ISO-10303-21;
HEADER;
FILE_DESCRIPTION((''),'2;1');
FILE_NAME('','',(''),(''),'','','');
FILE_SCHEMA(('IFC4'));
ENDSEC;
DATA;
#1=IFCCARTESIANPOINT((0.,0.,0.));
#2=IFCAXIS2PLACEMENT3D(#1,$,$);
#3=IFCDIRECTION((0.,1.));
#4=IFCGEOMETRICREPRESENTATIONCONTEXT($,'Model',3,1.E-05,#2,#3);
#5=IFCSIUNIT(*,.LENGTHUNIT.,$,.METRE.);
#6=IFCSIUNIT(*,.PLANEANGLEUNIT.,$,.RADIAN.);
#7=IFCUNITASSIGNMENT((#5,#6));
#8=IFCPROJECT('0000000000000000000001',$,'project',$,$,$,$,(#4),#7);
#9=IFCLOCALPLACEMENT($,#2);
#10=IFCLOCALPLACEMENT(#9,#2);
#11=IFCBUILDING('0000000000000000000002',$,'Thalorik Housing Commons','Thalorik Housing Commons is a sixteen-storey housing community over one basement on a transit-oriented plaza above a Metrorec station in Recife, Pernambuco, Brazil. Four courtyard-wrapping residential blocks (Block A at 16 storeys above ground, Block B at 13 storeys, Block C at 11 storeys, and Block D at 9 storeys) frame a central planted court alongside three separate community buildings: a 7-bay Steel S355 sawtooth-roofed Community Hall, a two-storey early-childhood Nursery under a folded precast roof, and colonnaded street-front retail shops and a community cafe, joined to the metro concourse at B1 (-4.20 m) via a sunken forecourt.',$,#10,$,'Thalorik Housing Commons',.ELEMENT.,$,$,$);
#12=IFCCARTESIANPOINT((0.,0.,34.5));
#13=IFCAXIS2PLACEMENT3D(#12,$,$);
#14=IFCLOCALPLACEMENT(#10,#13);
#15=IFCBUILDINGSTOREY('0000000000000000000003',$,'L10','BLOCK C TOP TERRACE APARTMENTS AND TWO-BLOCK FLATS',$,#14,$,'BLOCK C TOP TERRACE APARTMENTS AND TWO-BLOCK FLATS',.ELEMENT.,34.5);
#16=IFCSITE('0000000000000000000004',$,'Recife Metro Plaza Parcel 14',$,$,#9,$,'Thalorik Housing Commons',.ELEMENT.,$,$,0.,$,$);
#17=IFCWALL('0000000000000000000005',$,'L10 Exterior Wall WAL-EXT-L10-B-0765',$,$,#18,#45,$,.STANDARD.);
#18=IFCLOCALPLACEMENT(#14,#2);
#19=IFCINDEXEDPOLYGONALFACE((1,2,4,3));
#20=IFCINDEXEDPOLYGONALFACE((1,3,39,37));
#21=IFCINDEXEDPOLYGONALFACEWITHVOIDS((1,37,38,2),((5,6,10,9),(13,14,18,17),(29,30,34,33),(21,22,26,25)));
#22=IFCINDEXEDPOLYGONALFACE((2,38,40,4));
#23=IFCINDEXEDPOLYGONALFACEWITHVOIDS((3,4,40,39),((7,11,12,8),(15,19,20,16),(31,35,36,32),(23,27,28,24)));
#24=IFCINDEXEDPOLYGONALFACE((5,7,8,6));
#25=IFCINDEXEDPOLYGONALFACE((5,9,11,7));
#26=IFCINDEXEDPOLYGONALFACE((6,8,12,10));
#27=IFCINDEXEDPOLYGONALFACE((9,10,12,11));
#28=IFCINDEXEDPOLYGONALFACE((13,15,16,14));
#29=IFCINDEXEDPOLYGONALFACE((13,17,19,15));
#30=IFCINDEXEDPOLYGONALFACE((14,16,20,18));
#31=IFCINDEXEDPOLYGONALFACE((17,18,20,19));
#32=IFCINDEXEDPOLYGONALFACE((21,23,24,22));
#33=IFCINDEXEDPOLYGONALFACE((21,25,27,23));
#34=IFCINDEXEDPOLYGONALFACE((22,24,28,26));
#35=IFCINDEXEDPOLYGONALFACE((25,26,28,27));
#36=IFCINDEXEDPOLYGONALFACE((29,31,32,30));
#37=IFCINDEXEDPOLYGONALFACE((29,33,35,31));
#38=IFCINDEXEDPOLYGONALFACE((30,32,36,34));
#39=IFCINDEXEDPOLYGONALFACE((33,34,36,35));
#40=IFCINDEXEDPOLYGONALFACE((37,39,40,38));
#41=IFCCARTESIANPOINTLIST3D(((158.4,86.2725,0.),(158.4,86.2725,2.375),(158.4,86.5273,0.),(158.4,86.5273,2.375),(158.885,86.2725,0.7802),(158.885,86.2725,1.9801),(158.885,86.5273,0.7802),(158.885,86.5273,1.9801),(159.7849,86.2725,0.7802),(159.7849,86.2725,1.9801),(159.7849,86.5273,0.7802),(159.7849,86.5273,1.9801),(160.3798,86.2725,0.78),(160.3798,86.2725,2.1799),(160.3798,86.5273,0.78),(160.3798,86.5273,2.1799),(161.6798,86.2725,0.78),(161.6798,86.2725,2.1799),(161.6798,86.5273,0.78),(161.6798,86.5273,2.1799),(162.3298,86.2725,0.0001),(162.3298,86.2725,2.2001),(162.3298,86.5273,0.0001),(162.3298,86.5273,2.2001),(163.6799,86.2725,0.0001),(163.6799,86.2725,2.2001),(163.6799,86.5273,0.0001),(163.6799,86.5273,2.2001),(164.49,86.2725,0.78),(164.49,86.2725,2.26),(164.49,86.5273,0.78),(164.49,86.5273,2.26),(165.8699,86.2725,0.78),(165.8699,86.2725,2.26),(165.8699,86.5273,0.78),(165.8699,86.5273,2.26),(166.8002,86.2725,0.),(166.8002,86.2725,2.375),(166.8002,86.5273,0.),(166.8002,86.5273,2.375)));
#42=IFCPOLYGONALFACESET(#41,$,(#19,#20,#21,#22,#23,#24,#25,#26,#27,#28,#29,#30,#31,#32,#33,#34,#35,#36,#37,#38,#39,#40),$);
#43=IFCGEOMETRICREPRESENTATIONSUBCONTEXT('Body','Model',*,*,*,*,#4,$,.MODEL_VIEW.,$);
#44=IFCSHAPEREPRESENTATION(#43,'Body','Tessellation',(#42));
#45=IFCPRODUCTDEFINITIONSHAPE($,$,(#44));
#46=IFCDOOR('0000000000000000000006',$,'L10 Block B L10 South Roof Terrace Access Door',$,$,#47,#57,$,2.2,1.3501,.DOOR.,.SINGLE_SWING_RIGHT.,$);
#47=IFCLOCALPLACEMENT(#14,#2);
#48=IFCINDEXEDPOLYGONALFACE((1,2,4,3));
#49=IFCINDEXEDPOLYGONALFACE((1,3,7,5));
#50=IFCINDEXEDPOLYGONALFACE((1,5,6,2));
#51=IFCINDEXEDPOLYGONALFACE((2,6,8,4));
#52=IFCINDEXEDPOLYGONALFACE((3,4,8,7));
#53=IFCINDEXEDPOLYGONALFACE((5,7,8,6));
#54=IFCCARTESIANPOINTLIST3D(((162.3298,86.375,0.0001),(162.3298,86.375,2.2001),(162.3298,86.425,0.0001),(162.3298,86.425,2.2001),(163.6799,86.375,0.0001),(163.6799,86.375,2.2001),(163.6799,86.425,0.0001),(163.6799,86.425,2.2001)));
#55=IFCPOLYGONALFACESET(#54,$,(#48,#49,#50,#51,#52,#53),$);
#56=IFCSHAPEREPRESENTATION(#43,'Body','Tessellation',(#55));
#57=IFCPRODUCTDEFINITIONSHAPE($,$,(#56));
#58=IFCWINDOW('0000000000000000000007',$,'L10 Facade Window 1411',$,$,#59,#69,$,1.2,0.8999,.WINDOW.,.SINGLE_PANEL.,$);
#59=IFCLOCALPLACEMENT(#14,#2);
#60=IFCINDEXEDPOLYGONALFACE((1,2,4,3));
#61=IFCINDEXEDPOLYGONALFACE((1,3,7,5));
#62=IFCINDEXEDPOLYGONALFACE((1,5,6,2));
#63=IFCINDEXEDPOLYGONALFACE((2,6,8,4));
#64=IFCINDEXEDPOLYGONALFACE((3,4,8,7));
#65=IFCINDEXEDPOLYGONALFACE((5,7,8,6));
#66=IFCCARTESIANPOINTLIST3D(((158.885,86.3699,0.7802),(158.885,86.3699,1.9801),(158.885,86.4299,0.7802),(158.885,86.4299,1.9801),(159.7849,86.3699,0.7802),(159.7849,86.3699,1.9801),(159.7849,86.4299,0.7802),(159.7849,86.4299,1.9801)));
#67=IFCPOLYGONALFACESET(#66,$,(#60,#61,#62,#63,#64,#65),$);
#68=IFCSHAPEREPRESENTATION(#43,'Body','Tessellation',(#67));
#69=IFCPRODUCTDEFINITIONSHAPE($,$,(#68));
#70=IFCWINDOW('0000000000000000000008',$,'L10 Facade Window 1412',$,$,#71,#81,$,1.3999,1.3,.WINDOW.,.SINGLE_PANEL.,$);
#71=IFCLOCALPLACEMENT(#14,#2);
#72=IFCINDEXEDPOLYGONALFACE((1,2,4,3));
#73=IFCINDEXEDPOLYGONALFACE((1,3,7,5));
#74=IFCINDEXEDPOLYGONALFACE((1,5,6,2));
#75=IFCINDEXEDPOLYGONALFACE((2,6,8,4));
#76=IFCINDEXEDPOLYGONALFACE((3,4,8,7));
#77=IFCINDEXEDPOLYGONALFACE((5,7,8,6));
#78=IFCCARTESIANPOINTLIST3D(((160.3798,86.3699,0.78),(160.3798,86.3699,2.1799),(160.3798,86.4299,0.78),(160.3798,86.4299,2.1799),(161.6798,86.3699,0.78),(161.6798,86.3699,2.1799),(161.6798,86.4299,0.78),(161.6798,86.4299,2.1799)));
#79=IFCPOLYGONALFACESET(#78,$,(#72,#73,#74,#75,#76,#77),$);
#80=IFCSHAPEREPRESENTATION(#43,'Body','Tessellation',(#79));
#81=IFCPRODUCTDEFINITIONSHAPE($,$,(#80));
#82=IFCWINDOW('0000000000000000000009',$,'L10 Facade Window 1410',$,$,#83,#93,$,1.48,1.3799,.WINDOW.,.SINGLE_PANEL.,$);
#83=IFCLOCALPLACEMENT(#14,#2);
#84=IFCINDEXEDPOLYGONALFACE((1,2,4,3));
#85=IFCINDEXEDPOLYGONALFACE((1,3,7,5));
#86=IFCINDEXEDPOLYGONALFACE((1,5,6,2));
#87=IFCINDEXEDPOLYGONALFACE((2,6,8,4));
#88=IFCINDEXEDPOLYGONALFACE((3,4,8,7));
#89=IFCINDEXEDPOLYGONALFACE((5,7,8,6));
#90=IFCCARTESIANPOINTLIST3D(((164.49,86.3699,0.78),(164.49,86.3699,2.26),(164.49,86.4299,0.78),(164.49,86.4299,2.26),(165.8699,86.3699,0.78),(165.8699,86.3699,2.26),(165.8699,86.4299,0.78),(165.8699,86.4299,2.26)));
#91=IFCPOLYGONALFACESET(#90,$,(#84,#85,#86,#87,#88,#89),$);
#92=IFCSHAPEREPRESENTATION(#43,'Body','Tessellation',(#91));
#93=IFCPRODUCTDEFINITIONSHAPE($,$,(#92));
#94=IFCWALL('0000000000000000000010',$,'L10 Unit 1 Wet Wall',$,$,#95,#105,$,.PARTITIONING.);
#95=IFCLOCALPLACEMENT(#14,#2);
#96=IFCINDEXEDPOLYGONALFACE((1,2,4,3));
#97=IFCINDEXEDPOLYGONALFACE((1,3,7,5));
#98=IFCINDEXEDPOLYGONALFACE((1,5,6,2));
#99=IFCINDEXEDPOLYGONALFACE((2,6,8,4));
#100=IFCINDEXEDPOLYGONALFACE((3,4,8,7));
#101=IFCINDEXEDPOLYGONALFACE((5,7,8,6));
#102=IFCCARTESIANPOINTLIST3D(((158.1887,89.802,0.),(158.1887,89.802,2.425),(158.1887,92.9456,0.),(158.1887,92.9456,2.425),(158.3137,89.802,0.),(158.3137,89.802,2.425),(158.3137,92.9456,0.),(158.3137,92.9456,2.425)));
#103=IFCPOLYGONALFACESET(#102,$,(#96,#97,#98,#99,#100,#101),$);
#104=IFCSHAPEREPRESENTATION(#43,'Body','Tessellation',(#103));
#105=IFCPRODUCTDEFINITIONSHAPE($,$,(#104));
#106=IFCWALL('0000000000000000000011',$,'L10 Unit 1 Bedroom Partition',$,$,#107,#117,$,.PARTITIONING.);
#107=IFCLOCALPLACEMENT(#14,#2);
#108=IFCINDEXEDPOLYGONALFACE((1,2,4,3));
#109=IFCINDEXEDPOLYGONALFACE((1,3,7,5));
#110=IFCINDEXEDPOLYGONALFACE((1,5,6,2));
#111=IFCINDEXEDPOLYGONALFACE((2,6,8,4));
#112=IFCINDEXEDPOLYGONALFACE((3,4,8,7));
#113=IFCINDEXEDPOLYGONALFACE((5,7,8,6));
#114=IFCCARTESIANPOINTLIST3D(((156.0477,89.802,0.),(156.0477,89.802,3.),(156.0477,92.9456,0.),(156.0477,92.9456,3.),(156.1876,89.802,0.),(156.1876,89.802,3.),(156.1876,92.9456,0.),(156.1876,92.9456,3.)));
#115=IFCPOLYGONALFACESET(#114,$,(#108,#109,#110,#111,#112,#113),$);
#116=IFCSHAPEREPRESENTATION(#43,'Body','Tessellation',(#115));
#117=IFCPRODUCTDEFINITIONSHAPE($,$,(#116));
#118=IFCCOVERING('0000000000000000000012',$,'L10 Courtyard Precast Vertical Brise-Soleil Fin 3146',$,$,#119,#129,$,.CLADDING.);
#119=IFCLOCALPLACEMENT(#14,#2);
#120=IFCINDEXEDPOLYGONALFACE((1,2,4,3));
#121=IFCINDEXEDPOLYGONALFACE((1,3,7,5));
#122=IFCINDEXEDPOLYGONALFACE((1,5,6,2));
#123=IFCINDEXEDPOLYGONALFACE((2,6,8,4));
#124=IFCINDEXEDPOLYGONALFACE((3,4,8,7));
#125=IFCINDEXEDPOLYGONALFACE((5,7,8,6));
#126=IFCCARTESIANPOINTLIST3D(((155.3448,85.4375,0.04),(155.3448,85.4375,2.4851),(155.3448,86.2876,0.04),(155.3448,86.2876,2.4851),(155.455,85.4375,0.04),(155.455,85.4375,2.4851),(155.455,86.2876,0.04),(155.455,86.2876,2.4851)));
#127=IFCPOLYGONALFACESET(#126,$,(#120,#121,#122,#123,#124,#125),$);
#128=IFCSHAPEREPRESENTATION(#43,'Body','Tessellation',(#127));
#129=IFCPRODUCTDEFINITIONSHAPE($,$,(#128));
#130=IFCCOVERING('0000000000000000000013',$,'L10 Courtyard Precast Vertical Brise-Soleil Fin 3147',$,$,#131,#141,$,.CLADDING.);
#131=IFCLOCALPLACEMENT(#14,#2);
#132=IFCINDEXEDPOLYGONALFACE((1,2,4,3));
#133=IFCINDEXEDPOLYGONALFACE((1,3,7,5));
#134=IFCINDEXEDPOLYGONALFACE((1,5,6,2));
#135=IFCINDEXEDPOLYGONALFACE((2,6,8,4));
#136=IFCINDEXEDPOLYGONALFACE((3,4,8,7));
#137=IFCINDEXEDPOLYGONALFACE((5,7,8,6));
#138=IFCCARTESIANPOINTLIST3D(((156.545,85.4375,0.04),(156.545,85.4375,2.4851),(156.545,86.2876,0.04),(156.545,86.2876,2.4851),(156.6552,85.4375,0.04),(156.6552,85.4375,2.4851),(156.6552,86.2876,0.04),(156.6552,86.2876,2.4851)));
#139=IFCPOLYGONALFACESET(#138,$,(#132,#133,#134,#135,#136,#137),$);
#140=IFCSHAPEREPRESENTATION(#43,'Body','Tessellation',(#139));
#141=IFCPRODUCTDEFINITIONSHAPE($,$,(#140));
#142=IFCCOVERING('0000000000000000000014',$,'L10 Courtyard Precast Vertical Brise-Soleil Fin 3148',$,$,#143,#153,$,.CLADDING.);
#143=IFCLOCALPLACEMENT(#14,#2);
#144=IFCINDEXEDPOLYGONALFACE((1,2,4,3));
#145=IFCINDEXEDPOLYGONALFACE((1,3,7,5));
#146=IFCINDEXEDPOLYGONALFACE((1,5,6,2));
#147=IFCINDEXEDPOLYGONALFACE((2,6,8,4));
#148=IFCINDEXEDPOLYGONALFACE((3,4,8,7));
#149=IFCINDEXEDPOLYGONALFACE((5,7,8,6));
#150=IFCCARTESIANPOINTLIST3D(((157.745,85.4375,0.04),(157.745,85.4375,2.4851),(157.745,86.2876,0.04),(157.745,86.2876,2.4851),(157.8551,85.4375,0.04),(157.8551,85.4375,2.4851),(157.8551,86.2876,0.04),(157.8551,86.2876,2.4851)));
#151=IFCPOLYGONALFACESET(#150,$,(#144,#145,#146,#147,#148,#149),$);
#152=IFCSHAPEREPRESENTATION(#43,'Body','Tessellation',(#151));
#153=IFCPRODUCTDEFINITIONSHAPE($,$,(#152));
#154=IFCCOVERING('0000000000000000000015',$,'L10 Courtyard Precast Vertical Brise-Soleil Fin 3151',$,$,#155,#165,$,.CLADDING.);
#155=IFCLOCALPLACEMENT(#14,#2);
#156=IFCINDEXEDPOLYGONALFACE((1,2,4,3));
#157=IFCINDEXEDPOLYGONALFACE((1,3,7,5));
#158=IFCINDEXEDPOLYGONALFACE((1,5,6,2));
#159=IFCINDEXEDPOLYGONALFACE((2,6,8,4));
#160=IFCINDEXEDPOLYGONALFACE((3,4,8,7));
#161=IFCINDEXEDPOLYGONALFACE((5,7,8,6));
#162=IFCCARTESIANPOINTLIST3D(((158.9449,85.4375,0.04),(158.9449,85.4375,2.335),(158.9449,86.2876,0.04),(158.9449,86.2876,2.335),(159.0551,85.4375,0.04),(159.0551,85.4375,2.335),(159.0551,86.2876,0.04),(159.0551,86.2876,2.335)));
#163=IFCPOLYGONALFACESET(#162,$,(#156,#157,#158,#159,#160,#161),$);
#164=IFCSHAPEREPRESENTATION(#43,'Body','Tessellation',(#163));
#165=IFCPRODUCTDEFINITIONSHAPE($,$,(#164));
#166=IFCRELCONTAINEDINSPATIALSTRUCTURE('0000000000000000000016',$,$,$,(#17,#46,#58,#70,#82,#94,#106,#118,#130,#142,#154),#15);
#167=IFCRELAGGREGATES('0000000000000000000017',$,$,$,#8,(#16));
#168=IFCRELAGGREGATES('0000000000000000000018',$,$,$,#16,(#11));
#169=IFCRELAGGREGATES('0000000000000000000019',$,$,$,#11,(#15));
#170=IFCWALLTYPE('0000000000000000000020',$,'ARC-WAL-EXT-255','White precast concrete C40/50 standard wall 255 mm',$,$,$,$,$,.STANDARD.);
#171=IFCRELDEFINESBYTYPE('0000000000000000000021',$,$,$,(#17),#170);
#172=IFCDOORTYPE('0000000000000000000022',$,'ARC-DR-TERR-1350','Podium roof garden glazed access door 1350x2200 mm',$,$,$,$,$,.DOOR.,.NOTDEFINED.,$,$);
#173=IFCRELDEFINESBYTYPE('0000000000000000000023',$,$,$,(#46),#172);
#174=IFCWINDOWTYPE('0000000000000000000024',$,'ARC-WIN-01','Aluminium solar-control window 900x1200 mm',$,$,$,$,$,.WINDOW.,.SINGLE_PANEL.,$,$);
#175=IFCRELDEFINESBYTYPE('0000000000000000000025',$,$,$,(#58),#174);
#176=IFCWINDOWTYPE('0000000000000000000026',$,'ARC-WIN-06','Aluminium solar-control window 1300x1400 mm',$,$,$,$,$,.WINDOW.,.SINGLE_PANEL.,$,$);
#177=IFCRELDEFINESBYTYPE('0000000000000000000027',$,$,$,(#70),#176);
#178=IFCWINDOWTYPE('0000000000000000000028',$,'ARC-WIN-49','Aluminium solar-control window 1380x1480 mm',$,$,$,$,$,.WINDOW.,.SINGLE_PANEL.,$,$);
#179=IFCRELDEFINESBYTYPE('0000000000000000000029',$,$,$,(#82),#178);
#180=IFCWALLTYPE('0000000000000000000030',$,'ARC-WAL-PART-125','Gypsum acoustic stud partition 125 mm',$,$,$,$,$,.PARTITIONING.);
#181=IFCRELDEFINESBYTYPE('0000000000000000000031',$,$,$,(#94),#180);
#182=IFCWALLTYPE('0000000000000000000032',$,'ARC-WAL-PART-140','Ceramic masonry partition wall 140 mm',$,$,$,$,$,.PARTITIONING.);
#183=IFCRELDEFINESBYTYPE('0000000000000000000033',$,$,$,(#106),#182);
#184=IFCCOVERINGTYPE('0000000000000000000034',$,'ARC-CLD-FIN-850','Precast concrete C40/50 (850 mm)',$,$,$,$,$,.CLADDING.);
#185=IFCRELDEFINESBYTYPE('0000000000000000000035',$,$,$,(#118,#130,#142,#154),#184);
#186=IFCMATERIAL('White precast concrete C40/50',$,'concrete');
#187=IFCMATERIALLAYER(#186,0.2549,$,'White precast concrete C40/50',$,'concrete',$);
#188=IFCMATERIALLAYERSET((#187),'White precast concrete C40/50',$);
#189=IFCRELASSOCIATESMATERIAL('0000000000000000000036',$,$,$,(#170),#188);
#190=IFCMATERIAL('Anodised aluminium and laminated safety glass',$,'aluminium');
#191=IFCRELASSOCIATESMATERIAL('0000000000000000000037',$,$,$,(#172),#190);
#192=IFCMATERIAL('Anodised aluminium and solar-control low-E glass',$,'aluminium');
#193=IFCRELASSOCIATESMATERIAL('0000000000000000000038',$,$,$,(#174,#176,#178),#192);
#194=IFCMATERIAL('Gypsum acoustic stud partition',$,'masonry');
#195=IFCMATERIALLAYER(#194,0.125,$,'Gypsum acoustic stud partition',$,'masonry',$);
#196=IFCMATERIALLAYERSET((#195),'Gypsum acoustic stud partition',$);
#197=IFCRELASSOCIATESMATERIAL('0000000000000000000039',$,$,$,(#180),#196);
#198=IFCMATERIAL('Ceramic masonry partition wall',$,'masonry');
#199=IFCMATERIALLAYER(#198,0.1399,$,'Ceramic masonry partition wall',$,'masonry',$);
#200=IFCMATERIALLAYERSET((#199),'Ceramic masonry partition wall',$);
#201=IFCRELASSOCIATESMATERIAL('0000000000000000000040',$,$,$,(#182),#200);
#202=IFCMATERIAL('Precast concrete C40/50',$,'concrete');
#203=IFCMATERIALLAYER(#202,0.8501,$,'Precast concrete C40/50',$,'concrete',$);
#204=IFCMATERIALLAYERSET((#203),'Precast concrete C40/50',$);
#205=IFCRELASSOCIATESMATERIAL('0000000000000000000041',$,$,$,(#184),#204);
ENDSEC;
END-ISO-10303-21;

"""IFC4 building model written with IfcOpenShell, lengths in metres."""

from ifc_helpers import new_model, si_unit, direction, frame, frame_2d, origin, origin_2d, place, context, subcontext, project, spatial, rectangle, extrude, material, layer, layer_set, type_object, element, fill, save


model = new_model("IFC4")

# Units and contexts
model_context = context("Model", 3, precision=1e-05, world=origin(), true_north=direction((0.0, 1.0)))
body_context = subcontext(model_context, "Body", "Model", "MODEL_VIEW")
ifc_project = project(units=[si_unit("LENGTHUNIT", "METRE"), si_unit("PLANEANGLEUNIT", "RADIAN")], contexts=[model_context])

# Site, building, storey
site_placement = place(None, origin())
site = spatial("IfcSite", under=ifc_project, at=site_placement, Name="Recife Metro Plaza Parcel 14", LongName="Thalorik Housing Commons", CompositionType="ELEMENT", RefElevation=0.0)
building_placement = place(site_placement, origin())
building = spatial("IfcBuilding", under=site, at=building_placement, Name="Thalorik Housing Commons", Description="Thalorik Housing Commons is a sixteen-storey housing community over one basement on a transit-oriented plaza above a Metrorec station in Recife, Pernambuco, Brazil. Four courtyard-wrapping residential blocks (Block A at 16 storeys above ground, Block B at 13 storeys, Block C at 11 storeys, and Block D at 9 storeys) frame a central planted court alongside three separate community buildings: a 7-bay Steel S355 sawtooth-roofed Community Hall, a two-storey early-childhood Nursery under a folded precast roof, and colonnaded street-front retail shops and a community cafe, joined to the metro concourse at B1 (-4.20 m) via a sunken forecourt.", LongName="Thalorik Housing Commons", CompositionType="ELEMENT")
storey_placement = place(building_placement, frame((0.0, 0.0, 34.5)))
storey = spatial("IfcBuildingStorey", under=building, at=storey_placement, Name="L10", Description="BLOCK C TOP TERRACE APARTMENTS AND TWO-BLOCK FLATS", LongName="BLOCK C TOP TERRACE APARTMENTS AND TWO-BLOCK FLATS", CompositionType="ELEMENT", Elevation=34.5)

# Shared definitions
ifc_material_1 = material(Name="Precast concrete C40/50", Category="concrete")

# Wall, openings, door, windows
ifc_material_2 = material(Name="White precast concrete C40/50", Category="concrete")
ifc_layer_1 = layer(ifc_material_2, 0.2549, Name="White precast concrete C40/50", Category="concrete")
ifc_layer_set_1 = layer_set([ifc_layer_1], Name="White precast concrete C40/50")
wall_type_1 = type_object("IfcWallType", Name="ARC-WAL-EXT-255", Description="White precast concrete C40/50 standard wall 255 mm", PredefinedType="STANDARD", material=ifc_layer_set_1)
wall_1_placement = place(storey_placement, frame((158.3999, 86.3999, 0.0), z_axis=(0.0, 0.0, 1.0), x_axis=(1.0, 0.0, 0.0)))
wall_1 = element("IfcWall", 1, at=wall_1_placement, inside=storey, type_object=wall_type_1, Name="L10 Exterior Wall WAL-EXT-L10-B-0765", PredefinedType="STANDARD", context=body_context, shape_type="SweptSolid", body=[
    extrude(rectangle(XDim=8.4001, YDim=0.2549, at=frame_2d((4.2002, 0.0))), origin(), (0.0, 0.0, 1.0), 2.375),
])
opening_1_placement = place(wall_1_placement, frame((3.9299, 0.0, 0.0)))
opening_1 = element("IfcOpeningElement", 2, at=opening_1_placement, cuts=wall_1, PredefinedType="OPENING", context=body_context, shape_type="SweptSolid", body=[
    extrude(rectangle(XDim=1.3501, YDim=2.2, at=frame_2d((0.675, 1.1001))), frame((0.0, 0.1375, 0.0), z_axis=(0.0, -1.0, 0.0), x_axis=(1.0, 0.0, 0.0)), (0.0, 0.0, 1.0), 0.2749),
])
opening_2_placement = place(wall_1_placement, frame((6.0901, 0.0, 0.78)))
opening_2 = element("IfcOpeningElement", 3, at=opening_2_placement, cuts=wall_1, PredefinedType="OPENING", context=body_context, shape_type="SweptSolid", body=[
    extrude(rectangle(XDim=1.3799, YDim=1.48, at=frame_2d((0.6899, 0.74))), frame((0.0, 0.1375, 0.0), z_axis=(0.0, -1.0, 0.0), x_axis=(1.0, 0.0, 0.0)), (0.0, 0.0, 1.0), 0.2749),
])
opening_3_placement = place(wall_1_placement, frame((0.4851, 0.0, 0.78)))
opening_3 = element("IfcOpeningElement", 4, at=opening_3_placement, cuts=wall_1, PredefinedType="OPENING", context=body_context, shape_type="SweptSolid", body=[
    extrude(rectangle(XDim=0.8999, YDim=1.2, at=frame_2d((0.45, 0.6001))), frame((0.0, 0.1375, 0.0), z_axis=(0.0, -1.0, 0.0), x_axis=(1.0, 0.0, 0.0)), (0.0, 0.0, 1.0), 0.2749),
])
opening_4_placement = place(wall_1_placement, frame((1.98, 0.0, 0.78)))
opening_4 = element("IfcOpeningElement", 5, at=opening_4_placement, cuts=wall_1, PredefinedType="OPENING", context=body_context, shape_type="SweptSolid", body=[
    extrude(rectangle(XDim=1.3, YDim=1.3999, at=frame_2d((0.6499, 0.7))), frame((0.0, 0.1375, 0.0), z_axis=(0.0, -1.0, 0.0), x_axis=(1.0, 0.0, 0.0)), (0.0, 0.0, 1.0), 0.2749),
])
ifc_material_3 = material(Name="Anodised aluminium and laminated safety glass", Category="aluminium")
door_type_1 = type_object("IfcDoorType", Name="ARC-DR-TERR-1350", Description="Podium roof garden glazed access door 1350x2200 mm", OperationType="NOTDEFINED", PredefinedType="DOOR", material=ifc_material_3)
door_1_placement = place(opening_1_placement, frame((1.3501, 0.0, 0.0), z_axis=(0.0, 0.0, 1.0), x_axis=(-1.0, 0.0, 0.0)))
door_1 = element("IfcDoor", 6, at=door_1_placement, inside=storey, type_object=door_type_1, Name="L10 Block B L10 South Roof Terrace Access Door", OperationType="SINGLE_SWING_RIGHT", OverallHeight=2.2, OverallWidth=1.3501, PredefinedType="DOOR", context=body_context, shape_type="SweptSolid", body=[
    extrude(rectangle(XDim=1.3501, YDim=2.2, at=frame_2d((0.675, 1.1001))), frame((0.0, 0.0249, 0.0), z_axis=(0.0, -1.0, 0.0), x_axis=(1.0, 0.0, 0.0)), (0.0, 0.0, 1.0), 0.05),
])
fill(opening_1, door_1)
ifc_material_4 = material(Name="Anodised aluminium and solar-control low-E glass", Category="aluminium")
window_type_1 = type_object("IfcWindowType", Name="ARC-WIN-01", Description="Aluminium solar-control window 900x1200 mm", PartitioningType="SINGLE_PANEL", PredefinedType="WINDOW", material=ifc_material_4)
window_1_placement = place(opening_3_placement, origin())
window_1 = element("IfcWindow", 7, at=window_1_placement, inside=storey, type_object=window_type_1, Name="L10 Facade Window 1411", OverallHeight=1.2, OverallWidth=0.8999, PartitioningType="SINGLE_PANEL", PredefinedType="WINDOW", context=body_context, shape_type="SweptSolid", body=[
    extrude(rectangle(XDim=0.8999, YDim=1.2, at=frame_2d((0.45, 0.6001))), frame((0.0, 0.03, 0.0), z_axis=(0.0, -1.0, 0.0), x_axis=(1.0, 0.0, 0.0)), (0.0, 0.0, 1.0), 0.0601),
])
fill(opening_3, window_1)
window_type_2 = type_object("IfcWindowType", Name="ARC-WIN-06", Description="Aluminium solar-control window 1300x1400 mm", PartitioningType="SINGLE_PANEL", PredefinedType="WINDOW", material=ifc_material_4)
window_2_placement = place(opening_4_placement, origin())
window_2 = element("IfcWindow", 8, at=window_2_placement, inside=storey, type_object=window_type_2, Name="L10 Facade Window 1412", OverallHeight=1.3999, OverallWidth=1.3, PartitioningType="SINGLE_PANEL", PredefinedType="WINDOW", context=body_context, shape_type="SweptSolid", body=[
    extrude(rectangle(XDim=1.3, YDim=1.3999, at=frame_2d((0.6499, 0.7))), frame((0.0, 0.03, 0.0), z_axis=(0.0, -1.0, 0.0), x_axis=(1.0, 0.0, 0.0)), (0.0, 0.0, 1.0), 0.0601),
])
fill(opening_4, window_2)
window_type_3 = type_object("IfcWindowType", Name="ARC-WIN-49", Description="Aluminium solar-control window 1380x1480 mm", PartitioningType="SINGLE_PANEL", PredefinedType="WINDOW", material=ifc_material_4)
window_3_placement = place(opening_2_placement, origin())
window_3 = element("IfcWindow", 9, at=window_3_placement, inside=storey, type_object=window_type_3, Name="L10 Facade Window 1410", OverallHeight=1.48, OverallWidth=1.3799, PartitioningType="SINGLE_PANEL", PredefinedType="WINDOW", context=body_context, shape_type="SweptSolid", body=[
    extrude(rectangle(XDim=1.3799, YDim=1.48, at=frame_2d((0.6899, 0.74))), frame((0.0, 0.03, 0.0), z_axis=(0.0, -1.0, 0.0), x_axis=(1.0, 0.0, 0.0)), (0.0, 0.0, 1.0), 0.0601),
])
fill(opening_2, window_3)

# Walls
ifc_material_5 = material(Name="Gypsum acoustic stud partition", Category="masonry")
ifc_layer_2 = layer(ifc_material_5, 0.125, Name="Gypsum acoustic stud partition", Category="masonry")
ifc_layer_set_2 = layer_set([ifc_layer_2], Name="Gypsum acoustic stud partition")
wall_type_2 = type_object("IfcWallType", Name="ARC-WAL-PART-125", Description="Gypsum acoustic stud partition 125 mm", PredefinedType="PARTITIONING", material=ifc_layer_set_2)
wall_2_placement = place(storey_placement, frame((158.2512, 89.802, 0.0), z_axis=(0.0, 0.0, 1.0), x_axis=(0.0, 1.0, 0.0)))
element("IfcWall", 10, at=wall_2_placement, inside=storey, type_object=wall_type_2, Name="L10 Unit 1 Wet Wall", PredefinedType="PARTITIONING", context=body_context, shape_type="SweptSolid", body=[
    extrude(rectangle(XDim=3.1436, YDim=0.125, at=frame_2d((1.5718, 0.0))), origin(), (0.0, 0.0, 1.0), 2.425),
])
ifc_material_6 = material(Name="Ceramic masonry partition wall", Category="masonry")
ifc_layer_3 = layer(ifc_material_6, 0.1399, Name="Ceramic masonry partition wall", Category="masonry")
ifc_layer_set_3 = layer_set([ifc_layer_3], Name="Ceramic masonry partition wall")
wall_type_3 = type_object("IfcWallType", Name="ARC-WAL-PART-140", Description="Ceramic masonry partition wall 140 mm", PredefinedType="PARTITIONING", material=ifc_layer_set_3)
wall_3_placement = place(storey_placement, frame((156.1177, 89.802, 0.0), z_axis=(0.0, 0.0, 1.0), x_axis=(0.0, 1.0, 0.0)))
element("IfcWall", 11, at=wall_3_placement, inside=storey, type_object=wall_type_3, Name="L10 Unit 1 Bedroom Partition", PredefinedType="PARTITIONING", context=body_context, shape_type="SweptSolid", body=[
    extrude(rectangle(XDim=3.1436, YDim=0.1399, at=frame_2d((1.5718, 0.0))), origin(), (0.0, 0.0, 1.0), 3.0),
])

# Coverings
ifc_layer_4 = layer(ifc_material_1, 0.8501, Name="Precast concrete C40/50", Category="concrete")
ifc_layer_set_4 = layer_set([ifc_layer_4], Name="Precast concrete C40/50")
covering_type_1 = type_object("IfcCoveringType", Name="ARC-CLD-FIN-850", Description="Precast concrete C40/50 (850 mm)", PredefinedType="CLADDING", material=ifc_layer_set_4)
for number, where, z_axis, x_axis, name in (
    (12, (155.3999, 85.8625, 0.04), (0.0, 0.0, 1.0), (1.0, 0.0, 0.0), "L10 Courtyard Precast Vertical Brise-Soleil Fin 3146"),
    (13, (156.6001, 85.8625, 0.04), (0.0, 0.0, 1.0), (1.0, 0.0, 0.0), "L10 Courtyard Precast Vertical Brise-Soleil Fin 3147"),
    (14, (157.8, 85.8625, 0.04), (0.0, 0.0, 1.0), (1.0, 0.0, 0.0), "L10 Courtyard Precast Vertical Brise-Soleil Fin 3148"),
):
    element("IfcCovering", number, at=place(storey_placement, frame(where, z_axis=z_axis, x_axis=x_axis)), inside=storey, type_object=covering_type_1, Name=name, PredefinedType="CLADDING", context=body_context, shape_type="SweptSolid", body=[
        extrude(rectangle(XDim=0.1101, YDim=0.8501, at=origin_2d()), origin(), (0.0, 0.0, 1.0), 2.4451),
    ])
for number, where, z_axis, x_axis, name in (
    (15, (159.0, 85.8625, 0.04), (0.0, 0.0, 1.0), (1.0, 0.0, 0.0), "L10 Courtyard Precast Vertical Brise-Soleil Fin 3151"),
):
    element("IfcCovering", number, at=place(storey_placement, frame(where, z_axis=z_axis, x_axis=x_axis)), inside=storey, type_object=covering_type_1, Name=name, PredefinedType="CLADDING", context=body_context, shape_type="SweptSolid", body=[
        extrude(rectangle(XDim=0.1101, YDim=0.8501, at=origin_2d()), origin(), (0.0, 0.0, 1.0), 2.2949),
    ])

save(model, "model.ifc")
